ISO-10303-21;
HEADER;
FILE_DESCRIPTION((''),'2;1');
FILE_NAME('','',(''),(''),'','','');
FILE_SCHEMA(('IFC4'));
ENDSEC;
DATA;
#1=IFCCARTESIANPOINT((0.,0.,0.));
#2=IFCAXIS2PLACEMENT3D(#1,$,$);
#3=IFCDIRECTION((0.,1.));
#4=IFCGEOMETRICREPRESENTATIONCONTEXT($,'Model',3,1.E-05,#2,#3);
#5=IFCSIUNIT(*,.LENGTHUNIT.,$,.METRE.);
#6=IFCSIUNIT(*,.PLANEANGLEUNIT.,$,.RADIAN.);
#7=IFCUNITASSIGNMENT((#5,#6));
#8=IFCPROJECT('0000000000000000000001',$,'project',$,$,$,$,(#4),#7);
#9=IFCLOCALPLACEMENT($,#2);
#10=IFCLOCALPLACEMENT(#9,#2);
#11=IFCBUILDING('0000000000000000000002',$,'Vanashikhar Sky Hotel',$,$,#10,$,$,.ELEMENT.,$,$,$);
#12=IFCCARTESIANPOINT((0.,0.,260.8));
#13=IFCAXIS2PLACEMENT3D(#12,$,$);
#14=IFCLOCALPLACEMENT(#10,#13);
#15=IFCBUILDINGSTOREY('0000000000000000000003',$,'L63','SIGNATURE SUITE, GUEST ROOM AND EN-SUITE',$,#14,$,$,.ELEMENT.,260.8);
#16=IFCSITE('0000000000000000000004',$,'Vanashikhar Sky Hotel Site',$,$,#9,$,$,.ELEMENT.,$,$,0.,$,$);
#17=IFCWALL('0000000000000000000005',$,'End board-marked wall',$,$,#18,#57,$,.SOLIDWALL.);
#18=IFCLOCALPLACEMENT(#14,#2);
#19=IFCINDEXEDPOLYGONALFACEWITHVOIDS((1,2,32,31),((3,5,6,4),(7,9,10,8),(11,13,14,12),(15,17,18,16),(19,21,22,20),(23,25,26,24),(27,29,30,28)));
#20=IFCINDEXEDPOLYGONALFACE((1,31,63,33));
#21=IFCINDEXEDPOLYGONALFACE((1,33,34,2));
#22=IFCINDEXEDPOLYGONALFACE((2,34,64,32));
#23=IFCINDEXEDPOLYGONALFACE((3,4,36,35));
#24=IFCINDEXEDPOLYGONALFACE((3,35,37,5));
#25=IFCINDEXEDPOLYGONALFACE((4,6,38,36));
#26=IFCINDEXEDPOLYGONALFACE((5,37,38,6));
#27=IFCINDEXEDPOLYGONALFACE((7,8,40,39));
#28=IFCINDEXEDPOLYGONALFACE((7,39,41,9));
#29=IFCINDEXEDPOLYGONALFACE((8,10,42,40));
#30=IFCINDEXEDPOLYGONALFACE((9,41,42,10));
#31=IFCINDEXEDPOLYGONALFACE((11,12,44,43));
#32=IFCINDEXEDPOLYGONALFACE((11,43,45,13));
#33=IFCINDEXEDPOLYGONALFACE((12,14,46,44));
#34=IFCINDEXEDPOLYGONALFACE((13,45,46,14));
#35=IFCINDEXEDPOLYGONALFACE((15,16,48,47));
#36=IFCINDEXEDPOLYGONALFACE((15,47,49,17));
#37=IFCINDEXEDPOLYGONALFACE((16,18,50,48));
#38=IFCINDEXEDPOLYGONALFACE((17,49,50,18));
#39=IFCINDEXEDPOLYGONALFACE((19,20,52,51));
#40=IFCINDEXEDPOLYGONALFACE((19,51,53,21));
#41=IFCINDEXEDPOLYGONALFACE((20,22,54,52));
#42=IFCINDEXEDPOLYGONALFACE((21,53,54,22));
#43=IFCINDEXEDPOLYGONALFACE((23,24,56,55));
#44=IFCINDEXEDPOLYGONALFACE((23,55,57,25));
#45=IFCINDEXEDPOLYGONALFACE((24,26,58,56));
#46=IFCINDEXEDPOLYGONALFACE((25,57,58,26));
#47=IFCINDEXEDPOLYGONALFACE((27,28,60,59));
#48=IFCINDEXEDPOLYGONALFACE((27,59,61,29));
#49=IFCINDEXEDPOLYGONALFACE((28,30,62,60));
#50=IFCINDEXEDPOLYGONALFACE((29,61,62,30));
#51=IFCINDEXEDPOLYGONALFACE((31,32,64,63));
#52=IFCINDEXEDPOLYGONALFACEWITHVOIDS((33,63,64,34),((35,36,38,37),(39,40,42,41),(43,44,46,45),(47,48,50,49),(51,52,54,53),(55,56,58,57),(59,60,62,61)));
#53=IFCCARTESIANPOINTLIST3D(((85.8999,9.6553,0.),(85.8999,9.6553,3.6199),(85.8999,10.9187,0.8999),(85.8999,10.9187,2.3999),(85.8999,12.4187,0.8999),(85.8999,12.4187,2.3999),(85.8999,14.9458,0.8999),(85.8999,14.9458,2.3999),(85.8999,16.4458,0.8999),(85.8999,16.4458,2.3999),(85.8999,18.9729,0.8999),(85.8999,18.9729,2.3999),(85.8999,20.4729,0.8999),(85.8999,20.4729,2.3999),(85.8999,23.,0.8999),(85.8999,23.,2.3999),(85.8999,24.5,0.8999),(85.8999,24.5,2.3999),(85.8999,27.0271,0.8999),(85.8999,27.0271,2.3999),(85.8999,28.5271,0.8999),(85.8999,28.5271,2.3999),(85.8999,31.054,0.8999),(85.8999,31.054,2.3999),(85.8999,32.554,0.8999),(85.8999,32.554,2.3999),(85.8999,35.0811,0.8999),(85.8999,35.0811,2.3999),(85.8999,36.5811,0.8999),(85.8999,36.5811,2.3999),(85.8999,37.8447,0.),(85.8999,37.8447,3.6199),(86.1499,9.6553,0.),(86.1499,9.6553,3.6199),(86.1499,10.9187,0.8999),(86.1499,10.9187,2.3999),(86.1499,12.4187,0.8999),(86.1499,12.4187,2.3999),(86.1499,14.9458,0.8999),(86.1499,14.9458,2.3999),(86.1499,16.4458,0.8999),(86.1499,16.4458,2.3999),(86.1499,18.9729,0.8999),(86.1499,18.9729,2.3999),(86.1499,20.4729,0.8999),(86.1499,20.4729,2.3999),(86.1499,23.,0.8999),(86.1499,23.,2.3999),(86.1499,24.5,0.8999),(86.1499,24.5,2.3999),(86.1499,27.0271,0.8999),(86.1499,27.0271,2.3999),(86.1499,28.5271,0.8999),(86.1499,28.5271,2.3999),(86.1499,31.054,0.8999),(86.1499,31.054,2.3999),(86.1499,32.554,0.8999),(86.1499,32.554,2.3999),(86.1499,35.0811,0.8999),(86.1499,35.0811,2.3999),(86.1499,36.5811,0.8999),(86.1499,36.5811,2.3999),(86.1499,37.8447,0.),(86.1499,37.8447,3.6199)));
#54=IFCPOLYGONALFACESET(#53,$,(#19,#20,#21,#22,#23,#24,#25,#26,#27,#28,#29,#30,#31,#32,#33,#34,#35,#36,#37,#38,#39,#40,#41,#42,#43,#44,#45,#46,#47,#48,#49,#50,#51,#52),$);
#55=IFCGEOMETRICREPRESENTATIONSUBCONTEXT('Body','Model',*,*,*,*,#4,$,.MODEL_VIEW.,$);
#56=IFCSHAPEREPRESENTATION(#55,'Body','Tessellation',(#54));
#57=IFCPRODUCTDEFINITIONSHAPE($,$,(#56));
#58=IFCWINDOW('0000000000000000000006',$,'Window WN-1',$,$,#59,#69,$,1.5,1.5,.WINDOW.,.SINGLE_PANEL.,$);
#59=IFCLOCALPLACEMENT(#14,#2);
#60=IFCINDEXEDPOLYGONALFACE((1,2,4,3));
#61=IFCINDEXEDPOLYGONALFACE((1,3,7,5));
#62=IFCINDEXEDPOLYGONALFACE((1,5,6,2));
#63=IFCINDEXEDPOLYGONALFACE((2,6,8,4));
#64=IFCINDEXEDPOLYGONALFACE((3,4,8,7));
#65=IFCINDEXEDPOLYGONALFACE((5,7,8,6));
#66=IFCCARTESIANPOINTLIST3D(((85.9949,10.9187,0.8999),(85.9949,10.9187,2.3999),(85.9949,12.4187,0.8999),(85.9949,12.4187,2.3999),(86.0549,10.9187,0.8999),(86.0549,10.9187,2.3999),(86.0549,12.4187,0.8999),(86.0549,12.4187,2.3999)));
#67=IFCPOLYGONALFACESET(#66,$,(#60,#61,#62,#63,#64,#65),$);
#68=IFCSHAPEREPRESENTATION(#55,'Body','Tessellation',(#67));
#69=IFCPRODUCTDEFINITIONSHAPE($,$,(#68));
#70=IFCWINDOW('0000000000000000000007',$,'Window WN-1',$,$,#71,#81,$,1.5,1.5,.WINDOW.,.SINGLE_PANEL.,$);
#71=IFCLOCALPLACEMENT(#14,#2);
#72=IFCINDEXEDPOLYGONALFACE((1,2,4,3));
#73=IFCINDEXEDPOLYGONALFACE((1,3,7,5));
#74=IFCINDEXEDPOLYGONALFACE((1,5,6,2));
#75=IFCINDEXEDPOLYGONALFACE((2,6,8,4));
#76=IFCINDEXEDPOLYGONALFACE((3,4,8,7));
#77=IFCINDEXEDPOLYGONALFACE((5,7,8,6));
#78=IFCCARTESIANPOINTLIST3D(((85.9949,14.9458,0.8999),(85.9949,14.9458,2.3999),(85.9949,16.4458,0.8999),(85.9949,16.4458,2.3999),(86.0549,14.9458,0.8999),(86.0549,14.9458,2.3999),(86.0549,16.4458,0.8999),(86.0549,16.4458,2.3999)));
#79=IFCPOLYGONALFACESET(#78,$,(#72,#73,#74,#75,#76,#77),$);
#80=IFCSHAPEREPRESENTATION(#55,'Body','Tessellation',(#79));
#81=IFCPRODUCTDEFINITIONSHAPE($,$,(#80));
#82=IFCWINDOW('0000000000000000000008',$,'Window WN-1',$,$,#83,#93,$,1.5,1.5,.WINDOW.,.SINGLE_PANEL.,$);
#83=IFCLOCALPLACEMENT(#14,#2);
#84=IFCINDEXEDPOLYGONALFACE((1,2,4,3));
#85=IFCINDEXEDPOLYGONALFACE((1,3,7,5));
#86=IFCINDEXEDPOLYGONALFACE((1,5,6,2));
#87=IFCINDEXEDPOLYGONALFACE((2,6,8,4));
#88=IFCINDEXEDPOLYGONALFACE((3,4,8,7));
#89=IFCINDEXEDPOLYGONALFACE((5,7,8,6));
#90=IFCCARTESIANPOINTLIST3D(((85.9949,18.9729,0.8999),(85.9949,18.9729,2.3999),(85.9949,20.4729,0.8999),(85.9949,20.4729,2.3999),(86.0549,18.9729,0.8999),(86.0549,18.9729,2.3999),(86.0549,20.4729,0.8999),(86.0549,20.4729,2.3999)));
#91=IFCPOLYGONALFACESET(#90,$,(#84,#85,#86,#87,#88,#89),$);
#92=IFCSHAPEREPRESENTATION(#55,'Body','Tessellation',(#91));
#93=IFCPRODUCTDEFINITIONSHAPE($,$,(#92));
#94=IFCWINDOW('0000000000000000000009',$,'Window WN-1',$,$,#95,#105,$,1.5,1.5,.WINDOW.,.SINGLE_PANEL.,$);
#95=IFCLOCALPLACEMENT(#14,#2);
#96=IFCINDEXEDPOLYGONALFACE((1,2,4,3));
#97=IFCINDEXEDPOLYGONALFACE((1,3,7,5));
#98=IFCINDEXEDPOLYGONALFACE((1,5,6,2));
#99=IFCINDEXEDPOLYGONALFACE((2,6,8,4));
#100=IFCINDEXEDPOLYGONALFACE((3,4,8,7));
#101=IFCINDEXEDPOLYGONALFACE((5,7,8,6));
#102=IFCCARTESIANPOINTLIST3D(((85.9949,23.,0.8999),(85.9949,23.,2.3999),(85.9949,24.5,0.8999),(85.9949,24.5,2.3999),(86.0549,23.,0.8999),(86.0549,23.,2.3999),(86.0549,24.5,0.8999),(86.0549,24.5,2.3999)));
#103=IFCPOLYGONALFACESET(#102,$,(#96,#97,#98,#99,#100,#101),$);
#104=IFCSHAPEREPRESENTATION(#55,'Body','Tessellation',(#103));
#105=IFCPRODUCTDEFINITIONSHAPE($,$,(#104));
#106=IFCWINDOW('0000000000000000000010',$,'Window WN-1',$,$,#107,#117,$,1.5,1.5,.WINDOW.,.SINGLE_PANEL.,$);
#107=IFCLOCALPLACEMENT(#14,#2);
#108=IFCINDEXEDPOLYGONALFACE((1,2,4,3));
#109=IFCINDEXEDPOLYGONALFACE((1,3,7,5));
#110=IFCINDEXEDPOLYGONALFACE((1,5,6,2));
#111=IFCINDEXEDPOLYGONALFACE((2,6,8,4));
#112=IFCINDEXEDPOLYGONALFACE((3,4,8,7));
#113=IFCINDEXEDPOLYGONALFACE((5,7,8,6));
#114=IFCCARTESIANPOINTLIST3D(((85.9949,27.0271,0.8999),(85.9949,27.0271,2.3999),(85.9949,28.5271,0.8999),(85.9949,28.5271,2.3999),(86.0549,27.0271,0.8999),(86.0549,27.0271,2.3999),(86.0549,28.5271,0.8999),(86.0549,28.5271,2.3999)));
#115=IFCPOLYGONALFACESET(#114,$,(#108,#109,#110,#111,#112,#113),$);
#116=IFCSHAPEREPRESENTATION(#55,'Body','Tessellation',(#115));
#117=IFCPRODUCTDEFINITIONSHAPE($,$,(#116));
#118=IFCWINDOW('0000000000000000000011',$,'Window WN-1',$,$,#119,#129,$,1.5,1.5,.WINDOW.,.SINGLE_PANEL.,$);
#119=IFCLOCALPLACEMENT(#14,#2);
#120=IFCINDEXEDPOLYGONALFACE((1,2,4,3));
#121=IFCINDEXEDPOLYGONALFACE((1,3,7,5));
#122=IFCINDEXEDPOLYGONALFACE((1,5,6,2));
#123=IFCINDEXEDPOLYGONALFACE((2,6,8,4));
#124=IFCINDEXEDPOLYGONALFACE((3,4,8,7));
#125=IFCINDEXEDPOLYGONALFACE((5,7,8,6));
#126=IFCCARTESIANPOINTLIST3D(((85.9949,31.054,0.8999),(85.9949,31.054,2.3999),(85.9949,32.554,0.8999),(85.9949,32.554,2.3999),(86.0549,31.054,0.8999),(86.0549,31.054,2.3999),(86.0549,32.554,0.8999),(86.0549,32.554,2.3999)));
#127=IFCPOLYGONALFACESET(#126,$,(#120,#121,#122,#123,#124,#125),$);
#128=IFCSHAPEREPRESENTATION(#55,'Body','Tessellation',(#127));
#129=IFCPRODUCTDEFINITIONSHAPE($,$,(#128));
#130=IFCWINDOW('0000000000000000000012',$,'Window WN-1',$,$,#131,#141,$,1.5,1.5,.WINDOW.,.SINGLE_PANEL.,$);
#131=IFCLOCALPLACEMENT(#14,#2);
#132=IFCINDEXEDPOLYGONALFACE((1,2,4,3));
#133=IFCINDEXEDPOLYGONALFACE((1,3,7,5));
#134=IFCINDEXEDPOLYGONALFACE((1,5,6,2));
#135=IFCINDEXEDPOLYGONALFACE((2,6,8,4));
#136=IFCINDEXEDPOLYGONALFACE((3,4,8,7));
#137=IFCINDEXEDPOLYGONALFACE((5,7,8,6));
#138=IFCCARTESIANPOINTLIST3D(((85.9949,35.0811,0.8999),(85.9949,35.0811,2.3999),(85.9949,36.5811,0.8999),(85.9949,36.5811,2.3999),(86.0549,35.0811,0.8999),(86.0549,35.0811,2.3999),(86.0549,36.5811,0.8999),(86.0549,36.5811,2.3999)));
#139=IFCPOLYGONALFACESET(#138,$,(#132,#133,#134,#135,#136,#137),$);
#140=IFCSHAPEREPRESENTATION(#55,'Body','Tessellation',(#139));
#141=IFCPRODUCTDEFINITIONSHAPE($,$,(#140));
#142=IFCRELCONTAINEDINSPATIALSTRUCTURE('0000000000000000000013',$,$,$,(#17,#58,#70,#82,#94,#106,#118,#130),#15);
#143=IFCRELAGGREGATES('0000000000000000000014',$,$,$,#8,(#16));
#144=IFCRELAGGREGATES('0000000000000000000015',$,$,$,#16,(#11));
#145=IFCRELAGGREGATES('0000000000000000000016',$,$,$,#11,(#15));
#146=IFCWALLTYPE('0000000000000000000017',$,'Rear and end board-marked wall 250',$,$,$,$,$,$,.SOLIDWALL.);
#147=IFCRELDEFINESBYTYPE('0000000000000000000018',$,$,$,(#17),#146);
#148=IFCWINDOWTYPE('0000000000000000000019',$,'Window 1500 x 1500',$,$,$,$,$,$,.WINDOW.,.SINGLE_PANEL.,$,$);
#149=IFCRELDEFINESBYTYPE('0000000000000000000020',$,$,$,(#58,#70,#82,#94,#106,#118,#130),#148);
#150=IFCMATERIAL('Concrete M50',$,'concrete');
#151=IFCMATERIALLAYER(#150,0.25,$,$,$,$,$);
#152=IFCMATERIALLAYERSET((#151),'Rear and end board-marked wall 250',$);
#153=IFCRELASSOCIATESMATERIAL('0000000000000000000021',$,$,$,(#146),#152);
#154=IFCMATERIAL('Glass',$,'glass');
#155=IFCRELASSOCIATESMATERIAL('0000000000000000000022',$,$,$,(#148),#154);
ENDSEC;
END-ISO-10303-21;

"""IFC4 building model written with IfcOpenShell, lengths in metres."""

from ifc_helpers import new_model, si_unit, direction, frame, frame_2d, origin, place, context, subcontext, project, spatial, rectangle, extrude, source, transform, mapped, material, layer, layer_set, type_object, element, fill, save


model = new_model("IFC4")

# Units and contexts
model_context = context("Model", 3, precision=1e-05, world=origin(), true_north=direction((0.0, 1.0)))
body_context = subcontext(model_context, "Body", "Model", "MODEL_VIEW")
ifc_project = project(units=[si_unit("LENGTHUNIT", "METRE"), si_unit("PLANEANGLEUNIT", "RADIAN")], contexts=[model_context])

# Site, building, storey
site_placement = place(None, origin())
site = spatial("IfcSite", under=ifc_project, at=site_placement, Name="Vanashikhar Sky Hotel Site", CompositionType="ELEMENT", RefElevation=0.0)
building_placement = place(site_placement, origin())
building = spatial("IfcBuilding", under=site, at=building_placement, Name="Vanashikhar Sky Hotel", CompositionType="ELEMENT")
storey_placement = place(building_placement, frame((0.0, 0.0, 260.8)))
storey = spatial("IfcBuildingStorey", under=building, at=storey_placement, Name="L63", Description="SIGNATURE SUITE, GUEST ROOM AND EN-SUITE", CompositionType="ELEMENT", Elevation=260.8)

# Shared definitions
ifc_material_1 = material(Name="Concrete M50", Category="concrete")
ifc_material_2 = material(Name="Glass", Category="glass")

# Wall, openings, windows
ifc_layer_1 = layer(ifc_material_1, 0.25)
ifc_layer_set_1 = layer_set([ifc_layer_1], Name="Rear and end board-marked wall 250")
wall_type_1 = type_object("IfcWallType", Name="Rear and end board-marked wall 250", PredefinedType="SOLIDWALL", material=ifc_layer_set_1)
shared_shape_1 = source(origin(), body_context, "Body", "SweptSolid", [
    extrude(rectangle(XDim=28.1895, YDim=0.25, at=frame_2d((14.0947, 0.0))), origin(), (0.0, 0.0, 1.0), 3.6199),
])
wall_1_placement = place(storey_placement, frame((86.0249, 9.6553, 0.0), z_axis=(0.0, 0.0, 1.0), x_axis=(0.0, 1.0, 0.0)))
wall_1 = element("IfcWall", 1, at=wall_1_placement, inside=storey, type_object=wall_type_1, Name="End board-marked wall", PredefinedType="SOLIDWALL", context=body_context, shape_type="MappedRepresentation", body=[
    mapped(shared_shape_1, transform((0.0, 0.0, 0.0), scale=1.0)),
])
shared_shape_2 = source(origin(), body_context, "Body", "SweptSolid", [
    extrude(rectangle(XDim=1.5, YDim=1.5, at=frame_2d((0.75, 0.75))), frame((0.0, 0.135, 0.0), z_axis=(0.0, -1.0, 0.0), x_axis=(1.0, 0.0, 0.0)), (0.0, 0.0, 1.0), 0.27),
])
opening_1_placement = place(wall_1_placement, frame((1.2634, 0.0, 0.8999)))
opening_1 = element("IfcOpeningElement", 2, at=opening_1_placement, cuts=wall_1, PredefinedType="OPENING", context=body_context, shape_type="MappedRepresentation", body=[
    mapped(shared_shape_2, transform((0.0, 0.0, 0.0), scale=1.0)),
])
opening_2_placement = place(wall_1_placement, frame((5.2905, 0.0, 0.8999)))
opening_2 = element("IfcOpeningElement", 3, at=opening_2_placement, cuts=wall_1, PredefinedType="OPENING", context=body_context, shape_type="MappedRepresentation", body=[
    mapped(shared_shape_2, transform((0.0, 0.0, 0.0), scale=1.0)),
])
opening_3_placement = place(wall_1_placement, frame((9.3176, 0.0, 0.8999)))
opening_3 = element("IfcOpeningElement", 4, at=opening_3_placement, cuts=wall_1, PredefinedType="OPENING", context=body_context, shape_type="MappedRepresentation", body=[
    mapped(shared_shape_2, transform((0.0, 0.0, 0.0), scale=1.0)),
])
opening_4_placement = place(wall_1_placement, frame((13.3447, 0.0, 0.8999)))
opening_4 = element("IfcOpeningElement", 5, at=opening_4_placement, cuts=wall_1, PredefinedType="OPENING", context=body_context, shape_type="MappedRepresentation", body=[
    mapped(shared_shape_2, transform((0.0, 0.0, 0.0), scale=1.0)),
])
opening_5_placement = place(wall_1_placement, frame((17.3718, 0.0, 0.8999)))
opening_5 = element("IfcOpeningElement", 6, at=opening_5_placement, cuts=wall_1, PredefinedType="OPENING", context=body_context, shape_type="MappedRepresentation", body=[
    mapped(shared_shape_2, transform((0.0, 0.0, 0.0), scale=1.0)),
])
opening_6_placement = place(wall_1_placement, frame((21.3987, 0.0, 0.8999)))
opening_6 = element("IfcOpeningElement", 7, at=opening_6_placement, cuts=wall_1, PredefinedType="OPENING", context=body_context, shape_type="MappedRepresentation", body=[
    mapped(shared_shape_2, transform((0.0, 0.0, 0.0), scale=1.0)),
])
opening_7_placement = place(wall_1_placement, frame((25.4258, 0.0, 0.8999)))
opening_7 = element("IfcOpeningElement", 8, at=opening_7_placement, cuts=wall_1, PredefinedType="OPENING", context=body_context, shape_type="MappedRepresentation", body=[
    mapped(shared_shape_2, transform((0.0, 0.0, 0.0), scale=1.0)),
])
window_type_1 = type_object("IfcWindowType", Name="Window 1500 x 1500", PartitioningType="SINGLE_PANEL", PredefinedType="WINDOW", material=ifc_material_2)
shared_shape_3 = source(origin(), body_context, "Body", "SweptSolid", [
    extrude(rectangle(XDim=1.5, YDim=1.5, at=frame_2d((0.75, 0.75))), frame((0.0, 0.03, 0.0), z_axis=(0.0, -1.0, 0.0), x_axis=(1.0, 0.0, 0.0)), (0.0, 0.0, 1.0), 0.0601),
])
window_1_placement = place(opening_1_placement, origin())
window_1 = element("IfcWindow", 9, at=window_1_placement, inside=storey, type_object=window_type_1, Name="Window WN-1", OverallHeight=1.5, OverallWidth=1.5, PartitioningType="SINGLE_PANEL", PredefinedType="WINDOW", context=body_context, shape_type="MappedRepresentation", body=[
    mapped(shared_shape_3, transform((0.0, 0.0, 0.0), scale=1.0)),
])
fill(opening_1, window_1)
window_2_placement = place(opening_2_placement, origin())
window_2 = element("IfcWindow", 10, at=window_2_placement, inside=storey, type_object=window_type_1, Name="Window WN-1", OverallHeight=1.5, OverallWidth=1.5, PartitioningType="SINGLE_PANEL", PredefinedType="WINDOW", context=body_context, shape_type="MappedRepresentation", body=[
    mapped(shared_shape_3, transform((0.0, 0.0, 0.0), scale=1.0)),
])
fill(opening_2, window_2)
window_3_placement = place(opening_3_placement, origin())
window_3 = element("IfcWindow", 11, at=window_3_placement, inside=storey, type_object=window_type_1, Name="Window WN-1", OverallHeight=1.5, OverallWidth=1.5, PartitioningType="SINGLE_PANEL", PredefinedType="WINDOW", context=body_context, shape_type="MappedRepresentation", body=[
    mapped(shared_shape_3, transform((0.0, 0.0, 0.0), scale=1.0)),
])
fill(opening_3, window_3)
window_4_placement = place(opening_4_placement, origin())
window_4 = element("IfcWindow", 12, at=window_4_placement, inside=storey, type_object=window_type_1, Name="Window WN-1", OverallHeight=1.5, OverallWidth=1.5, PartitioningType="SINGLE_PANEL", PredefinedType="WINDOW", context=body_context, shape_type="MappedRepresentation", body=[
    mapped(shared_shape_3, transform((0.0, 0.0, 0.0), scale=1.0)),
])
fill(opening_4, window_4)
window_5_placement = place(opening_5_placement, origin())
window_5 = element("IfcWindow", 13, at=window_5_placement, inside=storey, type_object=window_type_1, Name="Window WN-1", OverallHeight=1.5, OverallWidth=1.5, PartitioningType="SINGLE_PANEL", PredefinedType="WINDOW", context=body_context, shape_type="MappedRepresentation", body=[
    mapped(shared_shape_3, transform((0.0, 0.0, 0.0), scale=1.0)),
])
fill(opening_5, window_5)
window_6_placement = place(opening_6_placement, origin())
window_6 = element("IfcWindow", 14, at=window_6_placement, inside=storey, type_object=window_type_1, Name="Window WN-1", OverallHeight=1.5, OverallWidth=1.5, PartitioningType="SINGLE_PANEL", PredefinedType="WINDOW", context=body_context, shape_type="MappedRepresentation", body=[
    mapped(shared_shape_3, transform((0.0, 0.0, 0.0), scale=1.0)),
])
fill(opening_6, window_6)
window_7_placement = place(opening_7_placement, origin())
window_7 = element("IfcWindow", 15, at=window_7_placement, inside=storey, type_object=window_type_1, Name="Window WN-1", OverallHeight=1.5, OverallWidth=1.5, PartitioningType="SINGLE_PANEL", PredefinedType="WINDOW", context=body_context, shape_type="MappedRepresentation", body=[
    mapped(shared_shape_3, transform((0.0, 0.0, 0.0), scale=1.0)),
])
fill(opening_7, window_7)

save(model, "model.ifc")
